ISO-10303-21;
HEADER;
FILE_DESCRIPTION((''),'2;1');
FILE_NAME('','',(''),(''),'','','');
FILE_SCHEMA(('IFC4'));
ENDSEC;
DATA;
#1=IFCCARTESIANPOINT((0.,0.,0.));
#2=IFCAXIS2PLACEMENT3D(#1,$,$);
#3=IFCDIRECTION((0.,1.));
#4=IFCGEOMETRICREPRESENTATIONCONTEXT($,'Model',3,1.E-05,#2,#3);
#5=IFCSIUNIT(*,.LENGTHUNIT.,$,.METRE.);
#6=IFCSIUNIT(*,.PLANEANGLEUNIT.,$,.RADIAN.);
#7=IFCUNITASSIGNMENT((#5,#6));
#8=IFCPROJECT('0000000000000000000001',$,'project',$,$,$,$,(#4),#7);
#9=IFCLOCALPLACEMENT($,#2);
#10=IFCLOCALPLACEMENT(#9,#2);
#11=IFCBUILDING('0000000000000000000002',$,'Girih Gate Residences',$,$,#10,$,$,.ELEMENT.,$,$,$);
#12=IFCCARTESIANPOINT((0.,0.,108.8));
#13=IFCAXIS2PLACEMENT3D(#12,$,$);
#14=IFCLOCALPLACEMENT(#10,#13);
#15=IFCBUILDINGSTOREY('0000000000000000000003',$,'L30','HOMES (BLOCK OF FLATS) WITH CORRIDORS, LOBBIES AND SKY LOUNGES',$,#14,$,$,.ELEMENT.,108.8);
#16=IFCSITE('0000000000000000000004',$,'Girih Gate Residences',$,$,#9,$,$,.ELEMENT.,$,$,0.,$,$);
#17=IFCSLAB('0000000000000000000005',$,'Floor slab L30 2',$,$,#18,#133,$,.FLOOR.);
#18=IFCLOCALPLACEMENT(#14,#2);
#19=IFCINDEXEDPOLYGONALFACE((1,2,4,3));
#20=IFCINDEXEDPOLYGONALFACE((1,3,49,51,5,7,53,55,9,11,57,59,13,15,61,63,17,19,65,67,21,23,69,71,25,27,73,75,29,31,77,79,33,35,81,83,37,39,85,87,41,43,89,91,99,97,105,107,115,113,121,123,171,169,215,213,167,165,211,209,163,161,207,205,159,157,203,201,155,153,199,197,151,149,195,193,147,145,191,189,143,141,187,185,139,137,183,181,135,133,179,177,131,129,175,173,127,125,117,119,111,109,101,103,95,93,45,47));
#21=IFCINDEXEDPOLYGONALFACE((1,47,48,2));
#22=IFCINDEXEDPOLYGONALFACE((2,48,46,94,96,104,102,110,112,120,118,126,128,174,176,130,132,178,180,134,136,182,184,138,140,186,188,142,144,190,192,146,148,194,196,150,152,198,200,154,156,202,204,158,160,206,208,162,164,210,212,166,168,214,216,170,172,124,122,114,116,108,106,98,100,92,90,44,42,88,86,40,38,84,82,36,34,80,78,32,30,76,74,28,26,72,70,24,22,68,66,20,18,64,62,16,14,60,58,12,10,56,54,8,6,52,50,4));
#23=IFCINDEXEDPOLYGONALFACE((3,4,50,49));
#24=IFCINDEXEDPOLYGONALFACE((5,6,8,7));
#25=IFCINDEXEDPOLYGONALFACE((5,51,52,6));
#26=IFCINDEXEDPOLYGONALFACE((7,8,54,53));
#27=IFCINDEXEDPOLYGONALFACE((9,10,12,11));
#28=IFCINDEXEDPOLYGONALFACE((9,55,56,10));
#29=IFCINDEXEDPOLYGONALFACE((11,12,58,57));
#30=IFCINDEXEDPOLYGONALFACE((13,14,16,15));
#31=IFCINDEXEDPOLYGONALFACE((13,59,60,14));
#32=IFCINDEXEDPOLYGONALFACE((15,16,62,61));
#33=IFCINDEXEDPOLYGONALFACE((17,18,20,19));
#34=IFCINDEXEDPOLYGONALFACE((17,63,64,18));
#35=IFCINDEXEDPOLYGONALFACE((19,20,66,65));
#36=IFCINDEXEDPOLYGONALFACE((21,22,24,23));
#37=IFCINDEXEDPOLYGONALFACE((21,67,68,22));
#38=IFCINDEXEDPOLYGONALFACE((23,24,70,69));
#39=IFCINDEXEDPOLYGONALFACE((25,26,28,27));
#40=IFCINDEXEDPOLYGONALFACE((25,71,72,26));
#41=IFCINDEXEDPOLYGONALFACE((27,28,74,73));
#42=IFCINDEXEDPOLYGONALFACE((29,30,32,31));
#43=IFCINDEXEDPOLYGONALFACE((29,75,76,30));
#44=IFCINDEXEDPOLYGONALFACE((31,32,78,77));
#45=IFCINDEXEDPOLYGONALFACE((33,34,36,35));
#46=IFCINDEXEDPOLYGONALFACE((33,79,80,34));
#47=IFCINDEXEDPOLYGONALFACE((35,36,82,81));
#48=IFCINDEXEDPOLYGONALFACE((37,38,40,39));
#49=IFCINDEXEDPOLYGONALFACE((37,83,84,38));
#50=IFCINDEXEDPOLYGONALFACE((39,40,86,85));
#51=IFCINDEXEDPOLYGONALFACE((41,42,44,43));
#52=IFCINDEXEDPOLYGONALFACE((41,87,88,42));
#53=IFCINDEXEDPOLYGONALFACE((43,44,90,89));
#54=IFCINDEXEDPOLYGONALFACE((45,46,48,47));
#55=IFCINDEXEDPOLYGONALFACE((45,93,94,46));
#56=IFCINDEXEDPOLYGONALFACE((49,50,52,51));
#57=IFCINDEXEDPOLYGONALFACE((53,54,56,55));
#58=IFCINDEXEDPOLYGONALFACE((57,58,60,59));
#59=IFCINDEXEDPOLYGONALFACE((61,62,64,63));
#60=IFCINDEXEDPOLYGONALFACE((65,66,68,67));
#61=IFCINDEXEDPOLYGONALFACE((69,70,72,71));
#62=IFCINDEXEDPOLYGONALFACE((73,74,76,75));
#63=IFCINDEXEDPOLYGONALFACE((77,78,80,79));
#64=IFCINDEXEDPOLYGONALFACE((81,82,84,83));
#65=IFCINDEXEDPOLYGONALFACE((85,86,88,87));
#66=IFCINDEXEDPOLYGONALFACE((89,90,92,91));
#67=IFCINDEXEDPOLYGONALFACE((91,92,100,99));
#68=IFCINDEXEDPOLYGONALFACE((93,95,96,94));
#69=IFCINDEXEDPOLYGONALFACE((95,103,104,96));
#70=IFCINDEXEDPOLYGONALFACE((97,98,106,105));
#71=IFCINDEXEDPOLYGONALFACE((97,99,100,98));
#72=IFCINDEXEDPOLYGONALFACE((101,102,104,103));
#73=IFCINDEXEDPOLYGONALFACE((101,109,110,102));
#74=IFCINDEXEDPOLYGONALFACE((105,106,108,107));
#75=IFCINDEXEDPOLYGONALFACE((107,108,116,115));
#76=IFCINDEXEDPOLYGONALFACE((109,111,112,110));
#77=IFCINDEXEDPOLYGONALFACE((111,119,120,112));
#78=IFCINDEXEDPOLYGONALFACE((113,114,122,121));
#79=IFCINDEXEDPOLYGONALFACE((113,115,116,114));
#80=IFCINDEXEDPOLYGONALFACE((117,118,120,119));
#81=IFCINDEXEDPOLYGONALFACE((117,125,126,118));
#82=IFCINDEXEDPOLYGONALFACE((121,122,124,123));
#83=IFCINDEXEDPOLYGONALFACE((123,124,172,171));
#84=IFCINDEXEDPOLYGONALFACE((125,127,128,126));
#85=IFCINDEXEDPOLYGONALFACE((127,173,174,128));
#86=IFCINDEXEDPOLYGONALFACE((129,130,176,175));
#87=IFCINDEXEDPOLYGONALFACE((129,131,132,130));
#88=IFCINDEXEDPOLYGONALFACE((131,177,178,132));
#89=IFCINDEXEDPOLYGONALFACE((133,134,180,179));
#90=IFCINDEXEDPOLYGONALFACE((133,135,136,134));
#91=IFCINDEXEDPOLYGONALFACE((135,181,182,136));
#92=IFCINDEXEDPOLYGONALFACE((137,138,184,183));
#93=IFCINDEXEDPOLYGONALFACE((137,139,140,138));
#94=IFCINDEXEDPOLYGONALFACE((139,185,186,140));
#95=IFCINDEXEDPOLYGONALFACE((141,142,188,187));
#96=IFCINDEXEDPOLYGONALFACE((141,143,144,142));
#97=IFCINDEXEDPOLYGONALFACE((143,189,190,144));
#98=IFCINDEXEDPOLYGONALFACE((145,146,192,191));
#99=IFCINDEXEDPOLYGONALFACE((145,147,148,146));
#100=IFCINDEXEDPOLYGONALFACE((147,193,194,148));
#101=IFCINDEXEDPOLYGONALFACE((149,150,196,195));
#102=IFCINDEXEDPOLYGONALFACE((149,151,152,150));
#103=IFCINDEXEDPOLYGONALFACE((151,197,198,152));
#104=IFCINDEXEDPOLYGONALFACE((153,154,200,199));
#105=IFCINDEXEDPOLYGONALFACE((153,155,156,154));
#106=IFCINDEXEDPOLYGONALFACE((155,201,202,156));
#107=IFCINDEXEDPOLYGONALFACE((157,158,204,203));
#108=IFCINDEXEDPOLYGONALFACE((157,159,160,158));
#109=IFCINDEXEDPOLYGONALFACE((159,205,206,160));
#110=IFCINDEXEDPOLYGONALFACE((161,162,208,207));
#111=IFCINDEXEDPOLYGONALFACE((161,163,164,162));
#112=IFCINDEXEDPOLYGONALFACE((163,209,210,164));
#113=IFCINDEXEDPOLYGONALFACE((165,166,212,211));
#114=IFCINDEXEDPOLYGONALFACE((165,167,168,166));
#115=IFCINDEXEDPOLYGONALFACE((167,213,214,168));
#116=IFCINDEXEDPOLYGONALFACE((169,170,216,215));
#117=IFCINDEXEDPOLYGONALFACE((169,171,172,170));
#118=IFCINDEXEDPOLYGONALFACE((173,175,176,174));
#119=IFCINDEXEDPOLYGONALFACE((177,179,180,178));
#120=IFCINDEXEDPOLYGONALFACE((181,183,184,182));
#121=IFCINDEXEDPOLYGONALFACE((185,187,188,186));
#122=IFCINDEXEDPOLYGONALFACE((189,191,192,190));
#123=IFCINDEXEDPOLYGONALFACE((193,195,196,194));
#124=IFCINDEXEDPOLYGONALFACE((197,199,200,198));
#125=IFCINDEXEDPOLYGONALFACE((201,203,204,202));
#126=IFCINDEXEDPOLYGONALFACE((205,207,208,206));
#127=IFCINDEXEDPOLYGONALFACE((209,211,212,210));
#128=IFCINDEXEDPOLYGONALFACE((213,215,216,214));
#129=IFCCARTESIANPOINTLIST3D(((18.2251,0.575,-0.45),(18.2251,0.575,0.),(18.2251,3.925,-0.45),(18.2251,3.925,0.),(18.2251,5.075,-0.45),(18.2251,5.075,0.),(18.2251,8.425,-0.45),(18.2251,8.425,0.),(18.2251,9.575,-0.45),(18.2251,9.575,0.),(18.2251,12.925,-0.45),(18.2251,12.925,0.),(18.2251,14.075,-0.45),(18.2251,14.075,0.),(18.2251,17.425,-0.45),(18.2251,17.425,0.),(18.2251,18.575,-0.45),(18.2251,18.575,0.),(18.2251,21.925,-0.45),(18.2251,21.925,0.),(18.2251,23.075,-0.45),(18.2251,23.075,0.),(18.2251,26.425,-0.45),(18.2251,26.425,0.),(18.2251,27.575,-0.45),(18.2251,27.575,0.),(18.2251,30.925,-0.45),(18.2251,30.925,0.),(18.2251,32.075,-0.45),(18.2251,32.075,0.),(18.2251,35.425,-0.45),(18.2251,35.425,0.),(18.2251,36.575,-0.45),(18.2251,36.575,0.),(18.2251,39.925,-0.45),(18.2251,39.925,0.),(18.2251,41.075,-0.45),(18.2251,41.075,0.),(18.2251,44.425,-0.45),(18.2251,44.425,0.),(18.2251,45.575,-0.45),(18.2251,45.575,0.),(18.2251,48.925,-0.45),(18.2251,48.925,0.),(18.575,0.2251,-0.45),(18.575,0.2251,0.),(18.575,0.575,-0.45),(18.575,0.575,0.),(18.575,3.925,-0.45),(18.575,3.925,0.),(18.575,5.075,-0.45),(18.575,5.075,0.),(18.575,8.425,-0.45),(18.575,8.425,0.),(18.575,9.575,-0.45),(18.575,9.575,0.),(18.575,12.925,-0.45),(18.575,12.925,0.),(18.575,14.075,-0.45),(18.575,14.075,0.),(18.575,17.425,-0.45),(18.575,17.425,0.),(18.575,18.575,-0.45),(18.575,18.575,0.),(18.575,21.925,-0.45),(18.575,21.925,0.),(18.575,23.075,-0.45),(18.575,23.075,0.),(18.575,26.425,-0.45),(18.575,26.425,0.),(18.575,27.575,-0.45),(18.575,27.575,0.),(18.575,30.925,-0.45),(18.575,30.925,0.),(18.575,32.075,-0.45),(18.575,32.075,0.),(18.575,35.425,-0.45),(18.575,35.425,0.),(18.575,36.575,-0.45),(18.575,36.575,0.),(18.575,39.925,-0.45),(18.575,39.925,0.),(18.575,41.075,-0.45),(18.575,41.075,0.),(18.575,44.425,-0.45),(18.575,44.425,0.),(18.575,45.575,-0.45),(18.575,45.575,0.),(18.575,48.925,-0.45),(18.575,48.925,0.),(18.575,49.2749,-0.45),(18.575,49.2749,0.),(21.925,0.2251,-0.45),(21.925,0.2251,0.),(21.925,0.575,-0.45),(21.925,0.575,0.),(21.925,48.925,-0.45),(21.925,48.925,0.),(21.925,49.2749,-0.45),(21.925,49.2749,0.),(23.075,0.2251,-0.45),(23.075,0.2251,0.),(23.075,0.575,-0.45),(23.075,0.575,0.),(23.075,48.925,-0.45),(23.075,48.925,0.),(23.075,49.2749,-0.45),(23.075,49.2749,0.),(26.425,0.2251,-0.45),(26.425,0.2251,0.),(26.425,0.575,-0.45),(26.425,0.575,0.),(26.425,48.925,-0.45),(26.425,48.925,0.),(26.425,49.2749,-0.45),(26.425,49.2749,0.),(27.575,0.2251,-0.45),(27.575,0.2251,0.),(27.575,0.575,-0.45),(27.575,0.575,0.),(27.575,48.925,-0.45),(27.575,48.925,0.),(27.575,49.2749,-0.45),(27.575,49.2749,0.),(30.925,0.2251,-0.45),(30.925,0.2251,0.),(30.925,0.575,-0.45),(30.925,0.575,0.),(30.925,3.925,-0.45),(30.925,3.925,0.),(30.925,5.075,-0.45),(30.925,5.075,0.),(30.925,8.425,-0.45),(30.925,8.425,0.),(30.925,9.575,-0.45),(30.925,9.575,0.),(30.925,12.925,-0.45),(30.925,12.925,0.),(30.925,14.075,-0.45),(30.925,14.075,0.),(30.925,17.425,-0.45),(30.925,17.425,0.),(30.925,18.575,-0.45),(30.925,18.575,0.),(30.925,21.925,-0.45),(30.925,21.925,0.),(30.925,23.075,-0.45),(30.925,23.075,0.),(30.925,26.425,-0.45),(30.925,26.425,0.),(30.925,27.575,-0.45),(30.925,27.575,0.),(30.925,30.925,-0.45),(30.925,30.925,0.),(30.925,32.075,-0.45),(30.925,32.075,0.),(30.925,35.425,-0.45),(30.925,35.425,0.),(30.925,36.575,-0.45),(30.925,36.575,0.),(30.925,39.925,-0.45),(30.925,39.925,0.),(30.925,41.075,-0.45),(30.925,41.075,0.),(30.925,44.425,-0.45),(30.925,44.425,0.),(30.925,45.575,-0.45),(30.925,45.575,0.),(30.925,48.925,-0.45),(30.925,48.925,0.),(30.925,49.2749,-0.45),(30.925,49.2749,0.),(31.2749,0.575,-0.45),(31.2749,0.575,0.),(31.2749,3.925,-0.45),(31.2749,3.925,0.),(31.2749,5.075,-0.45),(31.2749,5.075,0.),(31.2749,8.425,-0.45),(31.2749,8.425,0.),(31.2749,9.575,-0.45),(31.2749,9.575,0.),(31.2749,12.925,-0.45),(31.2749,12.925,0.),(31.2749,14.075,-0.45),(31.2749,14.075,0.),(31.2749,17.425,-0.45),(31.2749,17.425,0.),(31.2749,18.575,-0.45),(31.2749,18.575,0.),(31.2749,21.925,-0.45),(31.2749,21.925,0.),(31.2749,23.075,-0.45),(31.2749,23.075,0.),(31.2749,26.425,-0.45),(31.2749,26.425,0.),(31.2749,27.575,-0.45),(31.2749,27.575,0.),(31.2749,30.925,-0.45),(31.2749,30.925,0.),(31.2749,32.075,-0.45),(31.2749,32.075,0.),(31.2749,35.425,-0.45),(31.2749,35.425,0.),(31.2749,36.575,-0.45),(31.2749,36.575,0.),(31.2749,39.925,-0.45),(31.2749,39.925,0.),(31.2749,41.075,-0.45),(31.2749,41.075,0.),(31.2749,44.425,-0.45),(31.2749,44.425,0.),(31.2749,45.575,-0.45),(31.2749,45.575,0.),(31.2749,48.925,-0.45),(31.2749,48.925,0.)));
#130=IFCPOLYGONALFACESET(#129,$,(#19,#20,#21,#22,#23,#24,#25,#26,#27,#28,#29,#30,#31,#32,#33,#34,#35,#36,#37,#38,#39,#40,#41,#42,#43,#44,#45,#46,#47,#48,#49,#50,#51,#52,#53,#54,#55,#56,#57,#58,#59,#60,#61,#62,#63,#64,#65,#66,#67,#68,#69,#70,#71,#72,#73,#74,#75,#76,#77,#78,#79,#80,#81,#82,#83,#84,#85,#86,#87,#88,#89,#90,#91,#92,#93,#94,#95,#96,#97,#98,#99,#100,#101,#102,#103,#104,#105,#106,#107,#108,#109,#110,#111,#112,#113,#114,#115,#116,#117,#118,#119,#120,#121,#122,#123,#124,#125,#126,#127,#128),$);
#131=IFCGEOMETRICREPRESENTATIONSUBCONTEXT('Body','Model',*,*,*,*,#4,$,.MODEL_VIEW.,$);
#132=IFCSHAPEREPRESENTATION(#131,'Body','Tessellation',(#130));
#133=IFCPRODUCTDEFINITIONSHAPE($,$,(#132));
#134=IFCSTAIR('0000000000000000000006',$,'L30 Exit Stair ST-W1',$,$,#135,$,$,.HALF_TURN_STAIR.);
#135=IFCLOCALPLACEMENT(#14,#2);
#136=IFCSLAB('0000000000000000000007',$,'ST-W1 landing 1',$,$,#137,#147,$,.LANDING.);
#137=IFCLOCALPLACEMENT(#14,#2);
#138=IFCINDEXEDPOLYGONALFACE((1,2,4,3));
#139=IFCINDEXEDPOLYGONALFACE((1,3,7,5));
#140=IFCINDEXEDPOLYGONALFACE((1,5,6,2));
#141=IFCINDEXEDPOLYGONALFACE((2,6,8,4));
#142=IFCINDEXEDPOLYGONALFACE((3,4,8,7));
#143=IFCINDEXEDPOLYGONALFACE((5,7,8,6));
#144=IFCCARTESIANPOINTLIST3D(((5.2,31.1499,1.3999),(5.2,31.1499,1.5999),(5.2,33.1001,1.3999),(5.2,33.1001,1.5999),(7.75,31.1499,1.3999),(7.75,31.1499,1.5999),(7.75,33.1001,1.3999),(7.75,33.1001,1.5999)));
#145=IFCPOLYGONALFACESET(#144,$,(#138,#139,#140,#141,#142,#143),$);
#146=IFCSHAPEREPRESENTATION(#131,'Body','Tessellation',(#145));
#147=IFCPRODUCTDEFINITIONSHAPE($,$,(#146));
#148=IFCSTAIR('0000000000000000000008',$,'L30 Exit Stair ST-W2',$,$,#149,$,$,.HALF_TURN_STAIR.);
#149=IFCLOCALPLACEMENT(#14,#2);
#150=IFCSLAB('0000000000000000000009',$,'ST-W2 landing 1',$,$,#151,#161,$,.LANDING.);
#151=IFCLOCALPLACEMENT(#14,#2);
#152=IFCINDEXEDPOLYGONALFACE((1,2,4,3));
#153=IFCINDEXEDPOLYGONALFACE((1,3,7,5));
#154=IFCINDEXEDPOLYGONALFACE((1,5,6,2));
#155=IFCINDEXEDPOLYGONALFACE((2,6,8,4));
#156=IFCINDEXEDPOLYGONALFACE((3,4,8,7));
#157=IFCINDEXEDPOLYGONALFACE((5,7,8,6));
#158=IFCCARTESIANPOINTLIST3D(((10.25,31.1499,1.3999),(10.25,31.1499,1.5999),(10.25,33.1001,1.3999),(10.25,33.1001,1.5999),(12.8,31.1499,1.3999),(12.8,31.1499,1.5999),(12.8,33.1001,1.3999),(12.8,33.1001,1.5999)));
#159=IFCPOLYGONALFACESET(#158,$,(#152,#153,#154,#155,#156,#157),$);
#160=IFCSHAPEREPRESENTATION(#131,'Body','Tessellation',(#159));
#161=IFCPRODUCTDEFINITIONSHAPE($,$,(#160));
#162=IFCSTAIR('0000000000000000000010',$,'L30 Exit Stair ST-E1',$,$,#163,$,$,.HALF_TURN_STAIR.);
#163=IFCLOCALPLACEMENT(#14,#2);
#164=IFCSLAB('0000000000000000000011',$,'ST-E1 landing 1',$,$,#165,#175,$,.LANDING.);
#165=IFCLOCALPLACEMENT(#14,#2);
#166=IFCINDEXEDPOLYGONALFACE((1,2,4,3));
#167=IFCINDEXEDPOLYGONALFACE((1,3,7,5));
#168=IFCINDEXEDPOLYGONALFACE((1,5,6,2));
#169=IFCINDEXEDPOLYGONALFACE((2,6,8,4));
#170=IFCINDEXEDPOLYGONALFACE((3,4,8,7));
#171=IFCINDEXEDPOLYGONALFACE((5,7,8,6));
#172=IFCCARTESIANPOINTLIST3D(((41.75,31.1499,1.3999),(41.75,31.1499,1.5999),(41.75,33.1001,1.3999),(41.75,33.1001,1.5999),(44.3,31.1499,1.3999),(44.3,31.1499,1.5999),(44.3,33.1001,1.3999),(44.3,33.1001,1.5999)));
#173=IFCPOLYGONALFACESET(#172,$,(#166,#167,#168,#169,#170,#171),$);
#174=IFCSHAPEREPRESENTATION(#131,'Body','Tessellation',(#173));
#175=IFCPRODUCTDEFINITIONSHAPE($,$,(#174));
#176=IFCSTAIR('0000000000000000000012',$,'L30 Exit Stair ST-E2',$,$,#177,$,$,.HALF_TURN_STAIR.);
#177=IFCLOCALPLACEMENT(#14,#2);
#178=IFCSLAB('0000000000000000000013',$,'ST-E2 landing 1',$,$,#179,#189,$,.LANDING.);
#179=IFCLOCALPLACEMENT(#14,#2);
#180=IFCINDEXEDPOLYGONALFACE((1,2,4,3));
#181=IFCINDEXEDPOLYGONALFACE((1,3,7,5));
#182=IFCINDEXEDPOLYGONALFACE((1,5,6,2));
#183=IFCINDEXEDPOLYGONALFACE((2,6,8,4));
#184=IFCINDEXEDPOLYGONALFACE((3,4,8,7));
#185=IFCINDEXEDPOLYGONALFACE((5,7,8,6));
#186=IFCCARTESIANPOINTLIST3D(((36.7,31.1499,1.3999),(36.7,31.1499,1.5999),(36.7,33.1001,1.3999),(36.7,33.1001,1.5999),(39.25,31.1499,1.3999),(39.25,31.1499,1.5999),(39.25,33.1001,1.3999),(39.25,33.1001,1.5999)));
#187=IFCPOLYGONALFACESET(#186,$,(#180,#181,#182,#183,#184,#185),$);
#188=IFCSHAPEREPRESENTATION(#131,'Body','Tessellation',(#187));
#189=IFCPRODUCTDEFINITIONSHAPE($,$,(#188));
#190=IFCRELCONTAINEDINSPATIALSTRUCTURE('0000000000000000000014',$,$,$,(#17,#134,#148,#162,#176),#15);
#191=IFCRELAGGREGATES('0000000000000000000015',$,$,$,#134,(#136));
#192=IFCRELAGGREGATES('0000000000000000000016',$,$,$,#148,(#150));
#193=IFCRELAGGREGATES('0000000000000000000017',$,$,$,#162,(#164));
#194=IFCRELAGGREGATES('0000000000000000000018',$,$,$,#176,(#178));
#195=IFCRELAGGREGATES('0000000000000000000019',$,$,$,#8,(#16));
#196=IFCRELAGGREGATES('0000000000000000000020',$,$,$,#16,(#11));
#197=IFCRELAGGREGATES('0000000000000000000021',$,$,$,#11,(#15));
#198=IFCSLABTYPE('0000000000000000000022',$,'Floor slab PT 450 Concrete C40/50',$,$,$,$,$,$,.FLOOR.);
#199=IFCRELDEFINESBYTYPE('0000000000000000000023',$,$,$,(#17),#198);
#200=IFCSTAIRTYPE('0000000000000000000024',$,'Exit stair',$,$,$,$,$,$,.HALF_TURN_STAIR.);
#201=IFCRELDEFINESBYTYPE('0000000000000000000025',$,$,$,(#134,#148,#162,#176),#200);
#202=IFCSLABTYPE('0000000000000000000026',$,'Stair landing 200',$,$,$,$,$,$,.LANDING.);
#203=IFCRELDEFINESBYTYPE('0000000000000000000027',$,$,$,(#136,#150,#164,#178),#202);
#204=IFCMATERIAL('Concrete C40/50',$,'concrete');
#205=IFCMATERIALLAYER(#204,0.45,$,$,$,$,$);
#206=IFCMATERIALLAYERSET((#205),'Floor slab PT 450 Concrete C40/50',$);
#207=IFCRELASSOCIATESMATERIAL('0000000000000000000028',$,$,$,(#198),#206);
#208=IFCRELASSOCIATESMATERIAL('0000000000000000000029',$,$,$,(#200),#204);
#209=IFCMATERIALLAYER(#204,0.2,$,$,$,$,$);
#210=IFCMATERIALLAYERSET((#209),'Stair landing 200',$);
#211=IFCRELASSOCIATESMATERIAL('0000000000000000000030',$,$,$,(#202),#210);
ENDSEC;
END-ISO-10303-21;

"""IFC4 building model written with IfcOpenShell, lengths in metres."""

from ifc_helpers import new_model, si_unit, direction, frame, origin, place, context, subcontext, project, spatial, polyline, outline, extrude, material, layer, layer_set, type_object, element, aggregate, save


model = new_model("IFC4")

# Units and contexts
model_context = context("Model", 3, precision=1e-05, world=origin(), true_north=direction((0.0, 1.0)))
body_context = subcontext(model_context, "Body", "Model", "MODEL_VIEW")
ifc_project = project(units=[si_unit("LENGTHUNIT", "METRE"), si_unit("PLANEANGLEUNIT", "RADIAN")], contexts=[model_context])

# Site, building, storey
site_placement = place(None, origin())
site = spatial("IfcSite", under=ifc_project, at=site_placement, Name="Girih Gate Residences", CompositionType="ELEMENT", RefElevation=0.0)
building_placement = place(site_placement, origin())
building = spatial("IfcBuilding", under=site, at=building_placement, Name="Girih Gate Residences", CompositionType="ELEMENT")
storey_placement = place(building_placement, frame((0.0, 0.0, 108.8)))
storey = spatial("IfcBuildingStorey", under=building, at=storey_placement, Name="L30", Description="HOMES (BLOCK OF FLATS) WITH CORRIDORS, LOBBIES AND SKY LOUNGES", CompositionType="ELEMENT", Elevation=108.8)

# Slab
ifc_material_1 = material(Name="Concrete C40/50", Category="concrete")
ifc_layer_1 = layer(ifc_material_1, 0.45)
ifc_layer_set_1 = layer_set([ifc_layer_1], Name="Floor slab PT 450 Concrete C40/50")
slab_type_1 = type_object("IfcSlabType", Name="Floor slab PT 450 Concrete C40/50", PredefinedType="FLOOR", material=ifc_layer_set_1)
slab_1_placement = place(storey_placement, frame((0.0, 0.0, -0.45)))
element("IfcSlab", 1, at=slab_1_placement, inside=storey, type_object=slab_type_1, Name="Floor slab L30 2", PredefinedType="FLOOR", context=body_context, shape_type="SweptSolid", body=[
    extrude(outline(polyline([(21.925, 49.2749), (18.575, 49.2749), (18.575, 48.925), (18.2251, 48.925), (18.2251, 45.575), (18.575, 45.575), (18.575, 44.425), (18.2251, 44.425), (18.2251, 41.075), (18.575, 41.075), (18.575, 39.925), (18.2251, 39.925), (18.2251, 36.575), (18.575, 36.575), (18.575, 35.425), (18.2251, 35.425), (18.2251, 32.075), (18.575, 32.075), (18.575, 30.925), (18.2251, 30.925), (18.2251, 27.575), (18.575, 27.575), (18.575, 26.425), (18.2251, 26.425), (18.2251, 23.075), (18.575, 23.075), (18.575, 21.925), (18.2251, 21.925), (18.2251, 18.575), (18.575, 18.575), (18.575, 17.425), (18.2251, 17.425), (18.2251, 14.075), (18.575, 14.075), (18.575, 12.925), (18.2251, 12.925), (18.2251, 9.575), (18.575, 9.575), (18.575, 8.425), (18.2251, 8.425), (18.2251, 5.075), (18.575, 5.075), (18.575, 3.925), (18.2251, 3.925), (18.2251, 0.575), (18.575, 0.575), (18.575, 0.2251), (21.925, 0.2251), (21.925, 0.575), (23.075, 0.575), (23.075, 0.2251), (26.425, 0.2251), (26.425, 0.575), (27.575, 0.575), (27.575, 0.2251), (30.925, 0.2251), (30.925, 0.575), (31.2749, 0.575), (31.2749, 3.925), (30.925, 3.925), (30.925, 5.075), (31.2749, 5.075), (31.2749, 8.425), (30.925, 8.425), (30.925, 9.575), (31.2749, 9.575), (31.2749, 12.925), (30.925, 12.925), (30.925, 14.075), (31.2749, 14.075), (31.2749, 17.425), (30.925, 17.425), (30.925, 18.575), (31.2749, 18.575), (31.2749, 21.925), (30.925, 21.925), (30.925, 23.075), (31.2749, 23.075), (31.2749, 26.425), (30.925, 26.425), (30.925, 27.575), (31.2749, 27.575), (31.2749, 30.925), (30.925, 30.925), (30.925, 32.075), (31.2749, 32.075), (31.2749, 35.425), (30.925, 35.425), (30.925, 36.575), (31.2749, 36.575), (31.2749, 39.925), (30.925, 39.925), (30.925, 41.075), (31.2749, 41.075), (31.2749, 44.425), (30.925, 44.425), (30.925, 45.575), (31.2749, 45.575), (31.2749, 48.925), (30.925, 48.925), (30.925, 49.2749), (27.575, 49.2749), (27.575, 48.925), (26.425, 48.925), (26.425, 49.2749), (23.075, 49.2749), (23.075, 48.925), (21.925, 48.925), (21.925, 49.2749)])), origin(), (0.0, 0.0, 1.0), 0.45),
])

# Stairs, slabs
stair_type = type_object("IfcStairType", Name="Exit stair", PredefinedType="HALF_TURN_STAIR", material=ifc_material_1)
stair_1_placement = place(storey_placement, origin())
stair_1 = element("IfcStair", 2, at=stair_1_placement, inside=storey, type_object=stair_type, Name="L30 Exit Stair ST-W1", PredefinedType="HALF_TURN_STAIR")
ifc_layer_2 = layer(ifc_material_1, 0.2)
ifc_layer_set_2 = layer_set([ifc_layer_2], Name="Stair landing 200")
slab_type_2 = type_object("IfcSlabType", Name="Stair landing 200", PredefinedType="LANDING", material=ifc_layer_set_2)
slab_2_placement = place(storey_placement, frame((0.0, 0.0, 1.3999)))
slab_2 = element("IfcSlab", 3, at=slab_2_placement, type_object=slab_type_2, Name="ST-W1 landing 1", PredefinedType="LANDING", context=body_context, shape_type="SweptSolid", body=[
    extrude(outline(polyline([(7.75, 31.1499), (7.75, 33.1001), (5.2, 33.1001), (5.2, 31.1499), (7.75, 31.1499)])), origin(), (0.0, 0.0, 1.0), 0.2),
])
aggregate(stair_1, [slab_2])
stair_2_placement = place(storey_placement, origin())
stair_2 = element("IfcStair", 4, at=stair_2_placement, inside=storey, type_object=stair_type, Name="L30 Exit Stair ST-W2", PredefinedType="HALF_TURN_STAIR")
slab_3_placement = place(storey_placement, frame((0.0, 0.0, 1.3999)))
slab_3 = element("IfcSlab", 5, at=slab_3_placement, type_object=slab_type_2, Name="ST-W2 landing 1", PredefinedType="LANDING", context=body_context, shape_type="SweptSolid", body=[
    extrude(outline(polyline([(12.8, 31.1499), (12.8, 33.1001), (10.25, 33.1001), (10.25, 31.1499), (12.8, 31.1499)])), origin(), (0.0, 0.0, 1.0), 0.2),
])
aggregate(stair_2, [slab_3])
stair_3_placement = place(storey_placement, origin())
stair_3 = element("IfcStair", 6, at=stair_3_placement, inside=storey, type_object=stair_type, Name="L30 Exit Stair ST-E1", PredefinedType="HALF_TURN_STAIR")
slab_4_placement = place(storey_placement, frame((0.0, 0.0, 1.3999)))
slab_4 = element("IfcSlab", 7, at=slab_4_placement, type_object=slab_type_2, Name="ST-E1 landing 1", PredefinedType="LANDING", context=body_context, shape_type="SweptSolid", body=[
    extrude(outline(polyline([(44.3, 31.1499), (44.3, 33.1001), (41.75, 33.1001), (41.75, 31.1499), (44.3, 31.1499)])), origin(), (0.0, 0.0, 1.0), 0.2),
])
aggregate(stair_3, [slab_4])
stair_4_placement = place(storey_placement, origin())
stair_4 = element("IfcStair", 8, at=stair_4_placement, inside=storey, type_object=stair_type, Name="L30 Exit Stair ST-E2", PredefinedType="HALF_TURN_STAIR")
slab_5_placement = place(storey_placement, frame((0.0, 0.0, 1.3999)))
slab_5 = element("IfcSlab", 9, at=slab_5_placement, type_object=slab_type_2, Name="ST-E2 landing 1", PredefinedType="LANDING", context=body_context, shape_type="SweptSolid", body=[
    extrude(outline(polyline([(39.25, 31.1499), (39.25, 33.1001), (36.7, 33.1001), (36.7, 31.1499), (39.25, 31.1499)])), origin(), (0.0, 0.0, 1.0), 0.2),
])
aggregate(stair_4, [slab_5])

save(model, "model.ifc")
